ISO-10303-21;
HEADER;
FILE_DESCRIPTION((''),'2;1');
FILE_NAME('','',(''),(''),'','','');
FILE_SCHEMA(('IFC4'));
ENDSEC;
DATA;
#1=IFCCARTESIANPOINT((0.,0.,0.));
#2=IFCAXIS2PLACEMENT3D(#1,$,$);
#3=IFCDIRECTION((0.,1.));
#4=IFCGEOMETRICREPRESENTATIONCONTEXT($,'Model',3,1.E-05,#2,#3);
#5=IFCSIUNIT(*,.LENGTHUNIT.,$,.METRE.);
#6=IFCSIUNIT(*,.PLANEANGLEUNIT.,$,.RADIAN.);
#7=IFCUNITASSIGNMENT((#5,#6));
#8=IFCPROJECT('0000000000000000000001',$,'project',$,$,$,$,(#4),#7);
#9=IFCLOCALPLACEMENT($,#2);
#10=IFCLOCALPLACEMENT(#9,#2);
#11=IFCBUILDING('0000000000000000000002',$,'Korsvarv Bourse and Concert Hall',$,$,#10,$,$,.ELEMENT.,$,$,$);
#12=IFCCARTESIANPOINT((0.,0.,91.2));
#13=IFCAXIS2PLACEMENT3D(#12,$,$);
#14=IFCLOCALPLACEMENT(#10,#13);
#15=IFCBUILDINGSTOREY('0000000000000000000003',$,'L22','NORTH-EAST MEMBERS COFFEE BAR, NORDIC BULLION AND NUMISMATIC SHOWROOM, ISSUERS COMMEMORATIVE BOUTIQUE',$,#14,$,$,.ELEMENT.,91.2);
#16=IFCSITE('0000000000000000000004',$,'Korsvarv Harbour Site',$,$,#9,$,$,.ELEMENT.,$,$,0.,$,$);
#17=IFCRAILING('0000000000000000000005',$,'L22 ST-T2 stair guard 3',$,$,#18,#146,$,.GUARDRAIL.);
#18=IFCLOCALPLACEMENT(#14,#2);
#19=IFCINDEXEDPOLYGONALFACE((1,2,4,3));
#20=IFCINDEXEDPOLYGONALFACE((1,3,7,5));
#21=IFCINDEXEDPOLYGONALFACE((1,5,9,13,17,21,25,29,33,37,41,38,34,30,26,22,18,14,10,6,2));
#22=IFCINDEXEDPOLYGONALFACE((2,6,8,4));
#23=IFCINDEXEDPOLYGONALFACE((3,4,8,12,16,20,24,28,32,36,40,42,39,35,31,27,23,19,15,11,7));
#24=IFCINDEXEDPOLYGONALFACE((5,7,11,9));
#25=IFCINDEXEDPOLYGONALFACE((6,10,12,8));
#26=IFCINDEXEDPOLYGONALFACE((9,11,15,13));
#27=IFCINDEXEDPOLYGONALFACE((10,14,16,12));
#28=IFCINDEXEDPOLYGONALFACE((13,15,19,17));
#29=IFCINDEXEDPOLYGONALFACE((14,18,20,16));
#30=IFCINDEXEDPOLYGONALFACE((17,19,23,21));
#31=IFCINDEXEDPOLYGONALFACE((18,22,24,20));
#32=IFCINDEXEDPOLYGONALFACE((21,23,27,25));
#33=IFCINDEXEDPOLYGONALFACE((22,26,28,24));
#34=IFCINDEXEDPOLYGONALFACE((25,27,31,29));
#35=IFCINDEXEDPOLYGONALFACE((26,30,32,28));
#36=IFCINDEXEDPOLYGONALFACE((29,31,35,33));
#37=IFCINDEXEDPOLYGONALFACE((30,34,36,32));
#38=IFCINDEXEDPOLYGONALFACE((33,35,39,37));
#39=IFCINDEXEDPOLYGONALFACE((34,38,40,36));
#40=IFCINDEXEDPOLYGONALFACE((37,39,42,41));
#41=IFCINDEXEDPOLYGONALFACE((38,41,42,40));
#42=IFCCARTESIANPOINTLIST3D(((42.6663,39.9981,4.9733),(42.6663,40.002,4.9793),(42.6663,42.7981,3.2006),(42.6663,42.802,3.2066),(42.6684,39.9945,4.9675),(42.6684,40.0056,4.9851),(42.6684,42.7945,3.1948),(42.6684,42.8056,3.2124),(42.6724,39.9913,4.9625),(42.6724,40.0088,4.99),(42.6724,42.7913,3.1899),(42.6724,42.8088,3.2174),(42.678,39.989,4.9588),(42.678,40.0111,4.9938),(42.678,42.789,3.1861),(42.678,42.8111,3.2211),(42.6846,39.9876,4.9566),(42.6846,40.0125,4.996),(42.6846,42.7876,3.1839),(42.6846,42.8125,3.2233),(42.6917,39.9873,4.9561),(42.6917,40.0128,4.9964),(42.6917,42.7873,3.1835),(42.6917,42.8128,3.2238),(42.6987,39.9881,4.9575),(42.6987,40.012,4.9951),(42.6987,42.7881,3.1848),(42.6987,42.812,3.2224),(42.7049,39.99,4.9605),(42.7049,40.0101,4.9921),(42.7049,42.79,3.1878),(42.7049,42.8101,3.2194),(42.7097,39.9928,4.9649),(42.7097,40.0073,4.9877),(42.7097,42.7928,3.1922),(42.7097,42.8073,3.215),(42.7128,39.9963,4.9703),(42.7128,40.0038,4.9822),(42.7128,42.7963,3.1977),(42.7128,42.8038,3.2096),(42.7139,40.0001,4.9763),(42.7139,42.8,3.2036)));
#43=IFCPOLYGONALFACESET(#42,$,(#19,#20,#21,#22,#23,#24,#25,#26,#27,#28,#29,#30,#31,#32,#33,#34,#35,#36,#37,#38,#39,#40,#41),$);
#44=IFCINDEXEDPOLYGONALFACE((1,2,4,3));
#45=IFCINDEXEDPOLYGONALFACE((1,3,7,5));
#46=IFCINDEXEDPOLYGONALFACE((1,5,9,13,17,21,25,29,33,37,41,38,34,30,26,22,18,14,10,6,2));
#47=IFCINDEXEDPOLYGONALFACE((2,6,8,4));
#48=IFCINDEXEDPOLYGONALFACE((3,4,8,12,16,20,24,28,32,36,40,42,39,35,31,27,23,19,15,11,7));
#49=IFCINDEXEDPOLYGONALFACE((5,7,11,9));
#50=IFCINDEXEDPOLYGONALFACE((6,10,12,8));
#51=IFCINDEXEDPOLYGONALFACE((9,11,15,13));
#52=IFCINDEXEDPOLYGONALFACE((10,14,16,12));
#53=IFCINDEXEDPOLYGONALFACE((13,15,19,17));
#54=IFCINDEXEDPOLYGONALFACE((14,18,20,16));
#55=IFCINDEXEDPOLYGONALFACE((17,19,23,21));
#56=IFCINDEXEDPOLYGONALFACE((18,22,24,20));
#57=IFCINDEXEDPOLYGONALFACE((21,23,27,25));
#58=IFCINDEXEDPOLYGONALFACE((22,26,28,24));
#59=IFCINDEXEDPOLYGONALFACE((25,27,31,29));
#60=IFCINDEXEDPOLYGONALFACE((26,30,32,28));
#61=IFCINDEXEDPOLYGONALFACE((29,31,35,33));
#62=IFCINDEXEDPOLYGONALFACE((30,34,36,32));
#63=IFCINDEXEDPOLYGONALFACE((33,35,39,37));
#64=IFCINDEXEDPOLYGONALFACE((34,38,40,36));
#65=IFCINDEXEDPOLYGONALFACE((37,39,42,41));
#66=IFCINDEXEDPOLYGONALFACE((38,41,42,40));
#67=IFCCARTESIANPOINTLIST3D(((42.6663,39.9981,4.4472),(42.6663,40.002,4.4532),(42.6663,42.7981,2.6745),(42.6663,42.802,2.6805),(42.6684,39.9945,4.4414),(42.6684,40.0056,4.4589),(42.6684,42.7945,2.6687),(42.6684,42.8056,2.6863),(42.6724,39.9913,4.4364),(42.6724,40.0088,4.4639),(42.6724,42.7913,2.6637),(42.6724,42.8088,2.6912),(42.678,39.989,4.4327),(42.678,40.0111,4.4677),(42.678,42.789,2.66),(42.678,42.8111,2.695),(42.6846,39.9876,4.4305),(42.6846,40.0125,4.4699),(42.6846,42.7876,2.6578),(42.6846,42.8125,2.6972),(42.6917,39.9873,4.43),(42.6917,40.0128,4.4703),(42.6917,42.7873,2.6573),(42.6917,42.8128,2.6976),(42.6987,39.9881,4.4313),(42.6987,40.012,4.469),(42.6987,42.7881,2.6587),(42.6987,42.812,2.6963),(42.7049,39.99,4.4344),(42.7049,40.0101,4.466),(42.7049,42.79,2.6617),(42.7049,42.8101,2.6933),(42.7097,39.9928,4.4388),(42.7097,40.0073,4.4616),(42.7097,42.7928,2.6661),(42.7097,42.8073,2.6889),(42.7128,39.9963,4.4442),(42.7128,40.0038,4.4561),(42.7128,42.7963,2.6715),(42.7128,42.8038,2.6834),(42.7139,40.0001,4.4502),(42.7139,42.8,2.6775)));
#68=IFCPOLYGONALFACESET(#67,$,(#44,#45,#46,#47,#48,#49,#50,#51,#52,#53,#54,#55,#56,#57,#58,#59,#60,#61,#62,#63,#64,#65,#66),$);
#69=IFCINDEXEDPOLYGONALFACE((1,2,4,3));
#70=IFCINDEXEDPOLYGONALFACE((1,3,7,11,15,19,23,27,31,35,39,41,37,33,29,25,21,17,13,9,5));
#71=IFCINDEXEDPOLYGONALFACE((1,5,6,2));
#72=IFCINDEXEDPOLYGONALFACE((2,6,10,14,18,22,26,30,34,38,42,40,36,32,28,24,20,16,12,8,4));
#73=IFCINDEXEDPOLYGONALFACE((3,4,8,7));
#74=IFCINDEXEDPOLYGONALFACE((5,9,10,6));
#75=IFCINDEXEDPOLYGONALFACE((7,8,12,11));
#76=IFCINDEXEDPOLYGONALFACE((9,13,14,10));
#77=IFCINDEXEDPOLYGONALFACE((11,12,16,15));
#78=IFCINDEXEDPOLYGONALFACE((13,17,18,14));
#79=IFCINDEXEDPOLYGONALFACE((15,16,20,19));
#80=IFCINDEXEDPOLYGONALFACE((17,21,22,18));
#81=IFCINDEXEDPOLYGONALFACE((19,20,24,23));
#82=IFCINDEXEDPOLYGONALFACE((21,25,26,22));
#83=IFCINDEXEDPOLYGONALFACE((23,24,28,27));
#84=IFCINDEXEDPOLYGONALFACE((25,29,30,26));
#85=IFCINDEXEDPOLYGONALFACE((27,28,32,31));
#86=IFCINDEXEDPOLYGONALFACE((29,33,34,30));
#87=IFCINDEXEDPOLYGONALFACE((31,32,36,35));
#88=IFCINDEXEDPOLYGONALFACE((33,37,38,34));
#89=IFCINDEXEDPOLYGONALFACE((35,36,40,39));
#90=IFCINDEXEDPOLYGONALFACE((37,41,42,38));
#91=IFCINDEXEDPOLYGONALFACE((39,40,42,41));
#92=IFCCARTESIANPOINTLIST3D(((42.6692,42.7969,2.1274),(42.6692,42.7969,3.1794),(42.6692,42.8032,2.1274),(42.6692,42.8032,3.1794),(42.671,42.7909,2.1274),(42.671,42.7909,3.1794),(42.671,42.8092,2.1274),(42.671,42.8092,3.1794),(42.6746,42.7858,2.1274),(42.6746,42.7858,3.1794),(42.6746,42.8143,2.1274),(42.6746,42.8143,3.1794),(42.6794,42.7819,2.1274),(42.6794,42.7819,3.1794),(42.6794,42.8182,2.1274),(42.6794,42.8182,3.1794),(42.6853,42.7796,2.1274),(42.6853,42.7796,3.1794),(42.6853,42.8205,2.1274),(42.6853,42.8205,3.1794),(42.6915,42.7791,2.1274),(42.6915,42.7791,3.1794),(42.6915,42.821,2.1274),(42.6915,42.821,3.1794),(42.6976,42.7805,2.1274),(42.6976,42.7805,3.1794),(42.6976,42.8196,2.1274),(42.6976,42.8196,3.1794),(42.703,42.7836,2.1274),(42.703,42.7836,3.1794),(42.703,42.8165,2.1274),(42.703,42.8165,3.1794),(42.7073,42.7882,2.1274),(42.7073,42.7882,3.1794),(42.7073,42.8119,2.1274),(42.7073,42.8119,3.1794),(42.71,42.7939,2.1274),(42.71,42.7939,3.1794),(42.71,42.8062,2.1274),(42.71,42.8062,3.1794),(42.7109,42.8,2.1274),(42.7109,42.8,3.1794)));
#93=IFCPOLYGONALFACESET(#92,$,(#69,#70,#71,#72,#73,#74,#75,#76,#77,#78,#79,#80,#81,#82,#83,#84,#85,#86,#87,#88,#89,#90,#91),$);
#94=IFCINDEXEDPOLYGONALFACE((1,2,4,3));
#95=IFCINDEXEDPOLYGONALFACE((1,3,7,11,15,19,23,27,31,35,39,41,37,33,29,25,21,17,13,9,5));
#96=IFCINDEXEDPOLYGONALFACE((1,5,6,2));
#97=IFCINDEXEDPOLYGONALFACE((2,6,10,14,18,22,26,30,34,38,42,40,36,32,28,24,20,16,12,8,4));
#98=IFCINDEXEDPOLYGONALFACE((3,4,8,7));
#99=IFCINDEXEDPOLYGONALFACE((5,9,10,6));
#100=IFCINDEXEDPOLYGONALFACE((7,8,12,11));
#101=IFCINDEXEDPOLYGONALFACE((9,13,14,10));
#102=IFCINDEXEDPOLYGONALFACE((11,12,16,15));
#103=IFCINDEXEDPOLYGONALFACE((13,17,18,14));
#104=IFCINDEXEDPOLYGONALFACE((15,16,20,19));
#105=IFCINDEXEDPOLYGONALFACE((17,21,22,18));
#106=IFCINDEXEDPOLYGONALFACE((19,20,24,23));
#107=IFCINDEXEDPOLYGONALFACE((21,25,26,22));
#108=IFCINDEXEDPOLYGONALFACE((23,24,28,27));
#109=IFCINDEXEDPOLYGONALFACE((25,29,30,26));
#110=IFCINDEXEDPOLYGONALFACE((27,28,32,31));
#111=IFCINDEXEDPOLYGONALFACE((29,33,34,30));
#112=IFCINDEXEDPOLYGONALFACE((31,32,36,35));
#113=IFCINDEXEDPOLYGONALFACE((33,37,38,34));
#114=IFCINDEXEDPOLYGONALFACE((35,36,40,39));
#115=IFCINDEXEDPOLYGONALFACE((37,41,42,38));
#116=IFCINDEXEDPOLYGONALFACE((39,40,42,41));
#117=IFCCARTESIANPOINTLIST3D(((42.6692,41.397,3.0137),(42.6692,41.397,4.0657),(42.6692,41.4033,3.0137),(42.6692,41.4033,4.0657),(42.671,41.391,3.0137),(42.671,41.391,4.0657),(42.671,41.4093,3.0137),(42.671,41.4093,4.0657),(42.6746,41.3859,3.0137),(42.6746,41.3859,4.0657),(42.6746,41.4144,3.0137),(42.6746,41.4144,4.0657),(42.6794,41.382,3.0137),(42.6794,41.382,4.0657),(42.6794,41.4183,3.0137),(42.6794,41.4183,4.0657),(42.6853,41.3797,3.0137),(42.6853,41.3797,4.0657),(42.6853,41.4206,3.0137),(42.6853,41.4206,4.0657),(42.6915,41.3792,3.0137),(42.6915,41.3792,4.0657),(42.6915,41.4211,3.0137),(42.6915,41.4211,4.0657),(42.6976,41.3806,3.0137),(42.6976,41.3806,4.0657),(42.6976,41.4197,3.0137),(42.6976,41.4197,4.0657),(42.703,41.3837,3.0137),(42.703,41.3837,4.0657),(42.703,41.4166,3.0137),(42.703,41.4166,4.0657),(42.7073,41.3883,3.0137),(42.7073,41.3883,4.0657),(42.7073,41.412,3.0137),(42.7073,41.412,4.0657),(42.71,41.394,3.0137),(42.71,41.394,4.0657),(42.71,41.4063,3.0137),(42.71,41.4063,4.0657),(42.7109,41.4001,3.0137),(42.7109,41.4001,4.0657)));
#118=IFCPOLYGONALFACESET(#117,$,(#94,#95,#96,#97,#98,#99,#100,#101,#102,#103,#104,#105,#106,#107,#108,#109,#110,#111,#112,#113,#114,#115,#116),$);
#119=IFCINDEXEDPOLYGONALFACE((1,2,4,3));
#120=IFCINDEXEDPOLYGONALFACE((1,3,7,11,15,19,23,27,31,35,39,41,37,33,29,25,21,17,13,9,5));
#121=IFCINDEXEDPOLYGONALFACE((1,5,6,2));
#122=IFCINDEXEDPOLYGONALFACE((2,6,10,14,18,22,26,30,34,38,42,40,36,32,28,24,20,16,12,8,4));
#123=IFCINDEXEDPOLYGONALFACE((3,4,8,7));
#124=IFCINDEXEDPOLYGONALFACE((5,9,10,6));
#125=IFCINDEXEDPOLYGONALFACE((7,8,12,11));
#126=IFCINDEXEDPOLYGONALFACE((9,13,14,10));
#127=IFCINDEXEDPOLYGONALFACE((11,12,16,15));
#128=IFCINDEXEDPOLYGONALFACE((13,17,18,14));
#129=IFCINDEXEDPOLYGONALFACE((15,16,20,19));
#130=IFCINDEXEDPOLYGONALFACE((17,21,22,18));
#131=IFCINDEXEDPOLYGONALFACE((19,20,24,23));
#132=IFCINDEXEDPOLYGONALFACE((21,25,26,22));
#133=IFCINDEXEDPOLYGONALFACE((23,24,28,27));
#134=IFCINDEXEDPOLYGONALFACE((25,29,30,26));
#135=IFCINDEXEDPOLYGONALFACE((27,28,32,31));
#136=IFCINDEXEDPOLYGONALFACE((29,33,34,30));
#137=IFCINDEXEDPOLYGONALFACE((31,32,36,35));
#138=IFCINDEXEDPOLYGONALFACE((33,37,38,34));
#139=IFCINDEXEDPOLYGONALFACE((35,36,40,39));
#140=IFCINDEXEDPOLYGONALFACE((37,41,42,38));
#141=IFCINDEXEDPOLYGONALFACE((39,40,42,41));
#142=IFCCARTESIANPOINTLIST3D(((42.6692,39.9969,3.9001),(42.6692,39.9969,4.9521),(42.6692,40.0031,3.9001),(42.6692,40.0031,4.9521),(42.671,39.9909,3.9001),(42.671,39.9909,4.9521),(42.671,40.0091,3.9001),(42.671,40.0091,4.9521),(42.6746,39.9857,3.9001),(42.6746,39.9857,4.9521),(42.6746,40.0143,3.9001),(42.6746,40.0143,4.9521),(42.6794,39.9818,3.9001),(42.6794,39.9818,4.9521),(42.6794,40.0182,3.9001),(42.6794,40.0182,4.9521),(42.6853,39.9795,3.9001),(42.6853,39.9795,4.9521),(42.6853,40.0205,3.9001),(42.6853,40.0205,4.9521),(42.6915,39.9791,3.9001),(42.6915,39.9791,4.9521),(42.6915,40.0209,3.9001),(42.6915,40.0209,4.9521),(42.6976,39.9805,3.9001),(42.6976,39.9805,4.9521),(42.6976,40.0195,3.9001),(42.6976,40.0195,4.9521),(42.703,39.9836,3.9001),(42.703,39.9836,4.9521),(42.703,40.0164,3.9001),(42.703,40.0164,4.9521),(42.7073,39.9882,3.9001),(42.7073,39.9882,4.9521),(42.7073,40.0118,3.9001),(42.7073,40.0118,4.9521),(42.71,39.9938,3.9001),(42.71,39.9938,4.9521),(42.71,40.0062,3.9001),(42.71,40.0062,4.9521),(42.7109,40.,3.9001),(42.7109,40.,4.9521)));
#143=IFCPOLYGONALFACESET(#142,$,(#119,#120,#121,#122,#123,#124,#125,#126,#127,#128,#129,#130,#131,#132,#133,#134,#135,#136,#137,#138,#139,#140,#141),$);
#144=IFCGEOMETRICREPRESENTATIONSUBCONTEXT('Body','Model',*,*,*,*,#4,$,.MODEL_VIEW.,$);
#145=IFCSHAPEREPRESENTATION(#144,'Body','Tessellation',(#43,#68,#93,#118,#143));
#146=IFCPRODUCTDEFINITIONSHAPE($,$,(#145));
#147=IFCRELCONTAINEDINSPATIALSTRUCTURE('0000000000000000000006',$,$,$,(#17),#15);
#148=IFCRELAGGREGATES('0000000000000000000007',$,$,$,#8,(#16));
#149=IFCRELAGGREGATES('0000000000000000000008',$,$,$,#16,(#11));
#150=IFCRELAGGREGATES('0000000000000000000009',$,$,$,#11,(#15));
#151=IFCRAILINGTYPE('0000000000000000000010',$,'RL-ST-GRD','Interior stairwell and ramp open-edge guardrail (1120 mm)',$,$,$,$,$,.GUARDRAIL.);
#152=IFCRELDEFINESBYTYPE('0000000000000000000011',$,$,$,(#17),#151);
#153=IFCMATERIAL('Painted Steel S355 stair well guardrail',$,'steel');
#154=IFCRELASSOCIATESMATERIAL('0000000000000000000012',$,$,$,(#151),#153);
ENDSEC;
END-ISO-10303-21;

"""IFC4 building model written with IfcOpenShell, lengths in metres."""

from ifc_helpers import new_model, si_unit, direction, frame, origin, origin_2d, place, context, subcontext, project, spatial, circle, extrude, material, type_object, element, save


model = new_model("IFC4")

# Units and contexts
model_context = context("Model", 3, precision=1e-05, world=origin(), true_north=direction((0.0, 1.0)))
body_context = subcontext(model_context, "Body", "Model", "MODEL_VIEW")
ifc_project = project(units=[si_unit("LENGTHUNIT", "METRE"), si_unit("PLANEANGLEUNIT", "RADIAN")], contexts=[model_context])

# Site, building, storey
site_placement = place(None, origin())
site = spatial("IfcSite", under=ifc_project, at=site_placement, Name="Korsvarv Harbour Site", CompositionType="ELEMENT", RefElevation=0.0)
building_placement = place(site_placement, origin())
building = spatial("IfcBuilding", under=site, at=building_placement, Name="Korsvarv Bourse and Concert Hall", CompositionType="ELEMENT")
storey_placement = place(building_placement, frame((0.0, 0.0, 91.2)))
storey = spatial("IfcBuildingStorey", under=building, at=storey_placement, Name="L22", Description="NORTH-EAST MEMBERS COFFEE BAR, NORDIC BULLION AND NUMISMATIC SHOWROOM, ISSUERS COMMEMORATIVE BOUTIQUE", CompositionType="ELEMENT", Elevation=91.2)

# Railing
ifc_material_1 = material(Name="Painted Steel S355 stair well guardrail", Category="steel")
railing_type_1 = type_object("IfcRailingType", Name="RL-ST-GRD", Description="Interior stairwell and ramp open-edge guardrail (1120 mm)", PredefinedType="GUARDRAIL", material=ifc_material_1)
railing_1_placement = place(storey_placement, frame((42.6899, 42.8, 2.1274)))
element("IfcRailing", 1, at=railing_1_placement, inside=storey, type_object=railing_type_1, Name="L22 ST-T2 stair guard 3", PredefinedType="GUARDRAIL", context=body_context, shape_type="SweptSolid", body=[
    extrude(circle(Radius=0.0239, at=origin_2d()), frame((0.0, 0.0, 1.0762), z_axis=(0.0, -0.844909, 0.53491), x_axis=(1.0, 0.0, 0.0)), (0.0, 0.0, 1.0), 3.314),
    extrude(circle(Radius=0.0239, at=origin_2d()), frame((0.0, 0.0, 0.55), z_axis=(0.0, -0.844909, 0.53491), x_axis=(1.0, 0.0, 0.0)), (0.0, 0.0, 1.0), 3.314),
    extrude(circle(Radius=0.021, at=origin_2d()), origin(), (0.0, 0.0, 1.0), 1.052),
    extrude(circle(Radius=0.021, at=origin_2d()), frame((0.0, -1.3999, 0.8862)), (0.0, 0.0, 1.0), 1.052),
    extrude(circle(Radius=0.021, at=origin_2d()), frame((0.0, -2.8, 1.7727)), (0.0, 0.0, 1.0), 1.052),
])

save(model, "model.ifc")
